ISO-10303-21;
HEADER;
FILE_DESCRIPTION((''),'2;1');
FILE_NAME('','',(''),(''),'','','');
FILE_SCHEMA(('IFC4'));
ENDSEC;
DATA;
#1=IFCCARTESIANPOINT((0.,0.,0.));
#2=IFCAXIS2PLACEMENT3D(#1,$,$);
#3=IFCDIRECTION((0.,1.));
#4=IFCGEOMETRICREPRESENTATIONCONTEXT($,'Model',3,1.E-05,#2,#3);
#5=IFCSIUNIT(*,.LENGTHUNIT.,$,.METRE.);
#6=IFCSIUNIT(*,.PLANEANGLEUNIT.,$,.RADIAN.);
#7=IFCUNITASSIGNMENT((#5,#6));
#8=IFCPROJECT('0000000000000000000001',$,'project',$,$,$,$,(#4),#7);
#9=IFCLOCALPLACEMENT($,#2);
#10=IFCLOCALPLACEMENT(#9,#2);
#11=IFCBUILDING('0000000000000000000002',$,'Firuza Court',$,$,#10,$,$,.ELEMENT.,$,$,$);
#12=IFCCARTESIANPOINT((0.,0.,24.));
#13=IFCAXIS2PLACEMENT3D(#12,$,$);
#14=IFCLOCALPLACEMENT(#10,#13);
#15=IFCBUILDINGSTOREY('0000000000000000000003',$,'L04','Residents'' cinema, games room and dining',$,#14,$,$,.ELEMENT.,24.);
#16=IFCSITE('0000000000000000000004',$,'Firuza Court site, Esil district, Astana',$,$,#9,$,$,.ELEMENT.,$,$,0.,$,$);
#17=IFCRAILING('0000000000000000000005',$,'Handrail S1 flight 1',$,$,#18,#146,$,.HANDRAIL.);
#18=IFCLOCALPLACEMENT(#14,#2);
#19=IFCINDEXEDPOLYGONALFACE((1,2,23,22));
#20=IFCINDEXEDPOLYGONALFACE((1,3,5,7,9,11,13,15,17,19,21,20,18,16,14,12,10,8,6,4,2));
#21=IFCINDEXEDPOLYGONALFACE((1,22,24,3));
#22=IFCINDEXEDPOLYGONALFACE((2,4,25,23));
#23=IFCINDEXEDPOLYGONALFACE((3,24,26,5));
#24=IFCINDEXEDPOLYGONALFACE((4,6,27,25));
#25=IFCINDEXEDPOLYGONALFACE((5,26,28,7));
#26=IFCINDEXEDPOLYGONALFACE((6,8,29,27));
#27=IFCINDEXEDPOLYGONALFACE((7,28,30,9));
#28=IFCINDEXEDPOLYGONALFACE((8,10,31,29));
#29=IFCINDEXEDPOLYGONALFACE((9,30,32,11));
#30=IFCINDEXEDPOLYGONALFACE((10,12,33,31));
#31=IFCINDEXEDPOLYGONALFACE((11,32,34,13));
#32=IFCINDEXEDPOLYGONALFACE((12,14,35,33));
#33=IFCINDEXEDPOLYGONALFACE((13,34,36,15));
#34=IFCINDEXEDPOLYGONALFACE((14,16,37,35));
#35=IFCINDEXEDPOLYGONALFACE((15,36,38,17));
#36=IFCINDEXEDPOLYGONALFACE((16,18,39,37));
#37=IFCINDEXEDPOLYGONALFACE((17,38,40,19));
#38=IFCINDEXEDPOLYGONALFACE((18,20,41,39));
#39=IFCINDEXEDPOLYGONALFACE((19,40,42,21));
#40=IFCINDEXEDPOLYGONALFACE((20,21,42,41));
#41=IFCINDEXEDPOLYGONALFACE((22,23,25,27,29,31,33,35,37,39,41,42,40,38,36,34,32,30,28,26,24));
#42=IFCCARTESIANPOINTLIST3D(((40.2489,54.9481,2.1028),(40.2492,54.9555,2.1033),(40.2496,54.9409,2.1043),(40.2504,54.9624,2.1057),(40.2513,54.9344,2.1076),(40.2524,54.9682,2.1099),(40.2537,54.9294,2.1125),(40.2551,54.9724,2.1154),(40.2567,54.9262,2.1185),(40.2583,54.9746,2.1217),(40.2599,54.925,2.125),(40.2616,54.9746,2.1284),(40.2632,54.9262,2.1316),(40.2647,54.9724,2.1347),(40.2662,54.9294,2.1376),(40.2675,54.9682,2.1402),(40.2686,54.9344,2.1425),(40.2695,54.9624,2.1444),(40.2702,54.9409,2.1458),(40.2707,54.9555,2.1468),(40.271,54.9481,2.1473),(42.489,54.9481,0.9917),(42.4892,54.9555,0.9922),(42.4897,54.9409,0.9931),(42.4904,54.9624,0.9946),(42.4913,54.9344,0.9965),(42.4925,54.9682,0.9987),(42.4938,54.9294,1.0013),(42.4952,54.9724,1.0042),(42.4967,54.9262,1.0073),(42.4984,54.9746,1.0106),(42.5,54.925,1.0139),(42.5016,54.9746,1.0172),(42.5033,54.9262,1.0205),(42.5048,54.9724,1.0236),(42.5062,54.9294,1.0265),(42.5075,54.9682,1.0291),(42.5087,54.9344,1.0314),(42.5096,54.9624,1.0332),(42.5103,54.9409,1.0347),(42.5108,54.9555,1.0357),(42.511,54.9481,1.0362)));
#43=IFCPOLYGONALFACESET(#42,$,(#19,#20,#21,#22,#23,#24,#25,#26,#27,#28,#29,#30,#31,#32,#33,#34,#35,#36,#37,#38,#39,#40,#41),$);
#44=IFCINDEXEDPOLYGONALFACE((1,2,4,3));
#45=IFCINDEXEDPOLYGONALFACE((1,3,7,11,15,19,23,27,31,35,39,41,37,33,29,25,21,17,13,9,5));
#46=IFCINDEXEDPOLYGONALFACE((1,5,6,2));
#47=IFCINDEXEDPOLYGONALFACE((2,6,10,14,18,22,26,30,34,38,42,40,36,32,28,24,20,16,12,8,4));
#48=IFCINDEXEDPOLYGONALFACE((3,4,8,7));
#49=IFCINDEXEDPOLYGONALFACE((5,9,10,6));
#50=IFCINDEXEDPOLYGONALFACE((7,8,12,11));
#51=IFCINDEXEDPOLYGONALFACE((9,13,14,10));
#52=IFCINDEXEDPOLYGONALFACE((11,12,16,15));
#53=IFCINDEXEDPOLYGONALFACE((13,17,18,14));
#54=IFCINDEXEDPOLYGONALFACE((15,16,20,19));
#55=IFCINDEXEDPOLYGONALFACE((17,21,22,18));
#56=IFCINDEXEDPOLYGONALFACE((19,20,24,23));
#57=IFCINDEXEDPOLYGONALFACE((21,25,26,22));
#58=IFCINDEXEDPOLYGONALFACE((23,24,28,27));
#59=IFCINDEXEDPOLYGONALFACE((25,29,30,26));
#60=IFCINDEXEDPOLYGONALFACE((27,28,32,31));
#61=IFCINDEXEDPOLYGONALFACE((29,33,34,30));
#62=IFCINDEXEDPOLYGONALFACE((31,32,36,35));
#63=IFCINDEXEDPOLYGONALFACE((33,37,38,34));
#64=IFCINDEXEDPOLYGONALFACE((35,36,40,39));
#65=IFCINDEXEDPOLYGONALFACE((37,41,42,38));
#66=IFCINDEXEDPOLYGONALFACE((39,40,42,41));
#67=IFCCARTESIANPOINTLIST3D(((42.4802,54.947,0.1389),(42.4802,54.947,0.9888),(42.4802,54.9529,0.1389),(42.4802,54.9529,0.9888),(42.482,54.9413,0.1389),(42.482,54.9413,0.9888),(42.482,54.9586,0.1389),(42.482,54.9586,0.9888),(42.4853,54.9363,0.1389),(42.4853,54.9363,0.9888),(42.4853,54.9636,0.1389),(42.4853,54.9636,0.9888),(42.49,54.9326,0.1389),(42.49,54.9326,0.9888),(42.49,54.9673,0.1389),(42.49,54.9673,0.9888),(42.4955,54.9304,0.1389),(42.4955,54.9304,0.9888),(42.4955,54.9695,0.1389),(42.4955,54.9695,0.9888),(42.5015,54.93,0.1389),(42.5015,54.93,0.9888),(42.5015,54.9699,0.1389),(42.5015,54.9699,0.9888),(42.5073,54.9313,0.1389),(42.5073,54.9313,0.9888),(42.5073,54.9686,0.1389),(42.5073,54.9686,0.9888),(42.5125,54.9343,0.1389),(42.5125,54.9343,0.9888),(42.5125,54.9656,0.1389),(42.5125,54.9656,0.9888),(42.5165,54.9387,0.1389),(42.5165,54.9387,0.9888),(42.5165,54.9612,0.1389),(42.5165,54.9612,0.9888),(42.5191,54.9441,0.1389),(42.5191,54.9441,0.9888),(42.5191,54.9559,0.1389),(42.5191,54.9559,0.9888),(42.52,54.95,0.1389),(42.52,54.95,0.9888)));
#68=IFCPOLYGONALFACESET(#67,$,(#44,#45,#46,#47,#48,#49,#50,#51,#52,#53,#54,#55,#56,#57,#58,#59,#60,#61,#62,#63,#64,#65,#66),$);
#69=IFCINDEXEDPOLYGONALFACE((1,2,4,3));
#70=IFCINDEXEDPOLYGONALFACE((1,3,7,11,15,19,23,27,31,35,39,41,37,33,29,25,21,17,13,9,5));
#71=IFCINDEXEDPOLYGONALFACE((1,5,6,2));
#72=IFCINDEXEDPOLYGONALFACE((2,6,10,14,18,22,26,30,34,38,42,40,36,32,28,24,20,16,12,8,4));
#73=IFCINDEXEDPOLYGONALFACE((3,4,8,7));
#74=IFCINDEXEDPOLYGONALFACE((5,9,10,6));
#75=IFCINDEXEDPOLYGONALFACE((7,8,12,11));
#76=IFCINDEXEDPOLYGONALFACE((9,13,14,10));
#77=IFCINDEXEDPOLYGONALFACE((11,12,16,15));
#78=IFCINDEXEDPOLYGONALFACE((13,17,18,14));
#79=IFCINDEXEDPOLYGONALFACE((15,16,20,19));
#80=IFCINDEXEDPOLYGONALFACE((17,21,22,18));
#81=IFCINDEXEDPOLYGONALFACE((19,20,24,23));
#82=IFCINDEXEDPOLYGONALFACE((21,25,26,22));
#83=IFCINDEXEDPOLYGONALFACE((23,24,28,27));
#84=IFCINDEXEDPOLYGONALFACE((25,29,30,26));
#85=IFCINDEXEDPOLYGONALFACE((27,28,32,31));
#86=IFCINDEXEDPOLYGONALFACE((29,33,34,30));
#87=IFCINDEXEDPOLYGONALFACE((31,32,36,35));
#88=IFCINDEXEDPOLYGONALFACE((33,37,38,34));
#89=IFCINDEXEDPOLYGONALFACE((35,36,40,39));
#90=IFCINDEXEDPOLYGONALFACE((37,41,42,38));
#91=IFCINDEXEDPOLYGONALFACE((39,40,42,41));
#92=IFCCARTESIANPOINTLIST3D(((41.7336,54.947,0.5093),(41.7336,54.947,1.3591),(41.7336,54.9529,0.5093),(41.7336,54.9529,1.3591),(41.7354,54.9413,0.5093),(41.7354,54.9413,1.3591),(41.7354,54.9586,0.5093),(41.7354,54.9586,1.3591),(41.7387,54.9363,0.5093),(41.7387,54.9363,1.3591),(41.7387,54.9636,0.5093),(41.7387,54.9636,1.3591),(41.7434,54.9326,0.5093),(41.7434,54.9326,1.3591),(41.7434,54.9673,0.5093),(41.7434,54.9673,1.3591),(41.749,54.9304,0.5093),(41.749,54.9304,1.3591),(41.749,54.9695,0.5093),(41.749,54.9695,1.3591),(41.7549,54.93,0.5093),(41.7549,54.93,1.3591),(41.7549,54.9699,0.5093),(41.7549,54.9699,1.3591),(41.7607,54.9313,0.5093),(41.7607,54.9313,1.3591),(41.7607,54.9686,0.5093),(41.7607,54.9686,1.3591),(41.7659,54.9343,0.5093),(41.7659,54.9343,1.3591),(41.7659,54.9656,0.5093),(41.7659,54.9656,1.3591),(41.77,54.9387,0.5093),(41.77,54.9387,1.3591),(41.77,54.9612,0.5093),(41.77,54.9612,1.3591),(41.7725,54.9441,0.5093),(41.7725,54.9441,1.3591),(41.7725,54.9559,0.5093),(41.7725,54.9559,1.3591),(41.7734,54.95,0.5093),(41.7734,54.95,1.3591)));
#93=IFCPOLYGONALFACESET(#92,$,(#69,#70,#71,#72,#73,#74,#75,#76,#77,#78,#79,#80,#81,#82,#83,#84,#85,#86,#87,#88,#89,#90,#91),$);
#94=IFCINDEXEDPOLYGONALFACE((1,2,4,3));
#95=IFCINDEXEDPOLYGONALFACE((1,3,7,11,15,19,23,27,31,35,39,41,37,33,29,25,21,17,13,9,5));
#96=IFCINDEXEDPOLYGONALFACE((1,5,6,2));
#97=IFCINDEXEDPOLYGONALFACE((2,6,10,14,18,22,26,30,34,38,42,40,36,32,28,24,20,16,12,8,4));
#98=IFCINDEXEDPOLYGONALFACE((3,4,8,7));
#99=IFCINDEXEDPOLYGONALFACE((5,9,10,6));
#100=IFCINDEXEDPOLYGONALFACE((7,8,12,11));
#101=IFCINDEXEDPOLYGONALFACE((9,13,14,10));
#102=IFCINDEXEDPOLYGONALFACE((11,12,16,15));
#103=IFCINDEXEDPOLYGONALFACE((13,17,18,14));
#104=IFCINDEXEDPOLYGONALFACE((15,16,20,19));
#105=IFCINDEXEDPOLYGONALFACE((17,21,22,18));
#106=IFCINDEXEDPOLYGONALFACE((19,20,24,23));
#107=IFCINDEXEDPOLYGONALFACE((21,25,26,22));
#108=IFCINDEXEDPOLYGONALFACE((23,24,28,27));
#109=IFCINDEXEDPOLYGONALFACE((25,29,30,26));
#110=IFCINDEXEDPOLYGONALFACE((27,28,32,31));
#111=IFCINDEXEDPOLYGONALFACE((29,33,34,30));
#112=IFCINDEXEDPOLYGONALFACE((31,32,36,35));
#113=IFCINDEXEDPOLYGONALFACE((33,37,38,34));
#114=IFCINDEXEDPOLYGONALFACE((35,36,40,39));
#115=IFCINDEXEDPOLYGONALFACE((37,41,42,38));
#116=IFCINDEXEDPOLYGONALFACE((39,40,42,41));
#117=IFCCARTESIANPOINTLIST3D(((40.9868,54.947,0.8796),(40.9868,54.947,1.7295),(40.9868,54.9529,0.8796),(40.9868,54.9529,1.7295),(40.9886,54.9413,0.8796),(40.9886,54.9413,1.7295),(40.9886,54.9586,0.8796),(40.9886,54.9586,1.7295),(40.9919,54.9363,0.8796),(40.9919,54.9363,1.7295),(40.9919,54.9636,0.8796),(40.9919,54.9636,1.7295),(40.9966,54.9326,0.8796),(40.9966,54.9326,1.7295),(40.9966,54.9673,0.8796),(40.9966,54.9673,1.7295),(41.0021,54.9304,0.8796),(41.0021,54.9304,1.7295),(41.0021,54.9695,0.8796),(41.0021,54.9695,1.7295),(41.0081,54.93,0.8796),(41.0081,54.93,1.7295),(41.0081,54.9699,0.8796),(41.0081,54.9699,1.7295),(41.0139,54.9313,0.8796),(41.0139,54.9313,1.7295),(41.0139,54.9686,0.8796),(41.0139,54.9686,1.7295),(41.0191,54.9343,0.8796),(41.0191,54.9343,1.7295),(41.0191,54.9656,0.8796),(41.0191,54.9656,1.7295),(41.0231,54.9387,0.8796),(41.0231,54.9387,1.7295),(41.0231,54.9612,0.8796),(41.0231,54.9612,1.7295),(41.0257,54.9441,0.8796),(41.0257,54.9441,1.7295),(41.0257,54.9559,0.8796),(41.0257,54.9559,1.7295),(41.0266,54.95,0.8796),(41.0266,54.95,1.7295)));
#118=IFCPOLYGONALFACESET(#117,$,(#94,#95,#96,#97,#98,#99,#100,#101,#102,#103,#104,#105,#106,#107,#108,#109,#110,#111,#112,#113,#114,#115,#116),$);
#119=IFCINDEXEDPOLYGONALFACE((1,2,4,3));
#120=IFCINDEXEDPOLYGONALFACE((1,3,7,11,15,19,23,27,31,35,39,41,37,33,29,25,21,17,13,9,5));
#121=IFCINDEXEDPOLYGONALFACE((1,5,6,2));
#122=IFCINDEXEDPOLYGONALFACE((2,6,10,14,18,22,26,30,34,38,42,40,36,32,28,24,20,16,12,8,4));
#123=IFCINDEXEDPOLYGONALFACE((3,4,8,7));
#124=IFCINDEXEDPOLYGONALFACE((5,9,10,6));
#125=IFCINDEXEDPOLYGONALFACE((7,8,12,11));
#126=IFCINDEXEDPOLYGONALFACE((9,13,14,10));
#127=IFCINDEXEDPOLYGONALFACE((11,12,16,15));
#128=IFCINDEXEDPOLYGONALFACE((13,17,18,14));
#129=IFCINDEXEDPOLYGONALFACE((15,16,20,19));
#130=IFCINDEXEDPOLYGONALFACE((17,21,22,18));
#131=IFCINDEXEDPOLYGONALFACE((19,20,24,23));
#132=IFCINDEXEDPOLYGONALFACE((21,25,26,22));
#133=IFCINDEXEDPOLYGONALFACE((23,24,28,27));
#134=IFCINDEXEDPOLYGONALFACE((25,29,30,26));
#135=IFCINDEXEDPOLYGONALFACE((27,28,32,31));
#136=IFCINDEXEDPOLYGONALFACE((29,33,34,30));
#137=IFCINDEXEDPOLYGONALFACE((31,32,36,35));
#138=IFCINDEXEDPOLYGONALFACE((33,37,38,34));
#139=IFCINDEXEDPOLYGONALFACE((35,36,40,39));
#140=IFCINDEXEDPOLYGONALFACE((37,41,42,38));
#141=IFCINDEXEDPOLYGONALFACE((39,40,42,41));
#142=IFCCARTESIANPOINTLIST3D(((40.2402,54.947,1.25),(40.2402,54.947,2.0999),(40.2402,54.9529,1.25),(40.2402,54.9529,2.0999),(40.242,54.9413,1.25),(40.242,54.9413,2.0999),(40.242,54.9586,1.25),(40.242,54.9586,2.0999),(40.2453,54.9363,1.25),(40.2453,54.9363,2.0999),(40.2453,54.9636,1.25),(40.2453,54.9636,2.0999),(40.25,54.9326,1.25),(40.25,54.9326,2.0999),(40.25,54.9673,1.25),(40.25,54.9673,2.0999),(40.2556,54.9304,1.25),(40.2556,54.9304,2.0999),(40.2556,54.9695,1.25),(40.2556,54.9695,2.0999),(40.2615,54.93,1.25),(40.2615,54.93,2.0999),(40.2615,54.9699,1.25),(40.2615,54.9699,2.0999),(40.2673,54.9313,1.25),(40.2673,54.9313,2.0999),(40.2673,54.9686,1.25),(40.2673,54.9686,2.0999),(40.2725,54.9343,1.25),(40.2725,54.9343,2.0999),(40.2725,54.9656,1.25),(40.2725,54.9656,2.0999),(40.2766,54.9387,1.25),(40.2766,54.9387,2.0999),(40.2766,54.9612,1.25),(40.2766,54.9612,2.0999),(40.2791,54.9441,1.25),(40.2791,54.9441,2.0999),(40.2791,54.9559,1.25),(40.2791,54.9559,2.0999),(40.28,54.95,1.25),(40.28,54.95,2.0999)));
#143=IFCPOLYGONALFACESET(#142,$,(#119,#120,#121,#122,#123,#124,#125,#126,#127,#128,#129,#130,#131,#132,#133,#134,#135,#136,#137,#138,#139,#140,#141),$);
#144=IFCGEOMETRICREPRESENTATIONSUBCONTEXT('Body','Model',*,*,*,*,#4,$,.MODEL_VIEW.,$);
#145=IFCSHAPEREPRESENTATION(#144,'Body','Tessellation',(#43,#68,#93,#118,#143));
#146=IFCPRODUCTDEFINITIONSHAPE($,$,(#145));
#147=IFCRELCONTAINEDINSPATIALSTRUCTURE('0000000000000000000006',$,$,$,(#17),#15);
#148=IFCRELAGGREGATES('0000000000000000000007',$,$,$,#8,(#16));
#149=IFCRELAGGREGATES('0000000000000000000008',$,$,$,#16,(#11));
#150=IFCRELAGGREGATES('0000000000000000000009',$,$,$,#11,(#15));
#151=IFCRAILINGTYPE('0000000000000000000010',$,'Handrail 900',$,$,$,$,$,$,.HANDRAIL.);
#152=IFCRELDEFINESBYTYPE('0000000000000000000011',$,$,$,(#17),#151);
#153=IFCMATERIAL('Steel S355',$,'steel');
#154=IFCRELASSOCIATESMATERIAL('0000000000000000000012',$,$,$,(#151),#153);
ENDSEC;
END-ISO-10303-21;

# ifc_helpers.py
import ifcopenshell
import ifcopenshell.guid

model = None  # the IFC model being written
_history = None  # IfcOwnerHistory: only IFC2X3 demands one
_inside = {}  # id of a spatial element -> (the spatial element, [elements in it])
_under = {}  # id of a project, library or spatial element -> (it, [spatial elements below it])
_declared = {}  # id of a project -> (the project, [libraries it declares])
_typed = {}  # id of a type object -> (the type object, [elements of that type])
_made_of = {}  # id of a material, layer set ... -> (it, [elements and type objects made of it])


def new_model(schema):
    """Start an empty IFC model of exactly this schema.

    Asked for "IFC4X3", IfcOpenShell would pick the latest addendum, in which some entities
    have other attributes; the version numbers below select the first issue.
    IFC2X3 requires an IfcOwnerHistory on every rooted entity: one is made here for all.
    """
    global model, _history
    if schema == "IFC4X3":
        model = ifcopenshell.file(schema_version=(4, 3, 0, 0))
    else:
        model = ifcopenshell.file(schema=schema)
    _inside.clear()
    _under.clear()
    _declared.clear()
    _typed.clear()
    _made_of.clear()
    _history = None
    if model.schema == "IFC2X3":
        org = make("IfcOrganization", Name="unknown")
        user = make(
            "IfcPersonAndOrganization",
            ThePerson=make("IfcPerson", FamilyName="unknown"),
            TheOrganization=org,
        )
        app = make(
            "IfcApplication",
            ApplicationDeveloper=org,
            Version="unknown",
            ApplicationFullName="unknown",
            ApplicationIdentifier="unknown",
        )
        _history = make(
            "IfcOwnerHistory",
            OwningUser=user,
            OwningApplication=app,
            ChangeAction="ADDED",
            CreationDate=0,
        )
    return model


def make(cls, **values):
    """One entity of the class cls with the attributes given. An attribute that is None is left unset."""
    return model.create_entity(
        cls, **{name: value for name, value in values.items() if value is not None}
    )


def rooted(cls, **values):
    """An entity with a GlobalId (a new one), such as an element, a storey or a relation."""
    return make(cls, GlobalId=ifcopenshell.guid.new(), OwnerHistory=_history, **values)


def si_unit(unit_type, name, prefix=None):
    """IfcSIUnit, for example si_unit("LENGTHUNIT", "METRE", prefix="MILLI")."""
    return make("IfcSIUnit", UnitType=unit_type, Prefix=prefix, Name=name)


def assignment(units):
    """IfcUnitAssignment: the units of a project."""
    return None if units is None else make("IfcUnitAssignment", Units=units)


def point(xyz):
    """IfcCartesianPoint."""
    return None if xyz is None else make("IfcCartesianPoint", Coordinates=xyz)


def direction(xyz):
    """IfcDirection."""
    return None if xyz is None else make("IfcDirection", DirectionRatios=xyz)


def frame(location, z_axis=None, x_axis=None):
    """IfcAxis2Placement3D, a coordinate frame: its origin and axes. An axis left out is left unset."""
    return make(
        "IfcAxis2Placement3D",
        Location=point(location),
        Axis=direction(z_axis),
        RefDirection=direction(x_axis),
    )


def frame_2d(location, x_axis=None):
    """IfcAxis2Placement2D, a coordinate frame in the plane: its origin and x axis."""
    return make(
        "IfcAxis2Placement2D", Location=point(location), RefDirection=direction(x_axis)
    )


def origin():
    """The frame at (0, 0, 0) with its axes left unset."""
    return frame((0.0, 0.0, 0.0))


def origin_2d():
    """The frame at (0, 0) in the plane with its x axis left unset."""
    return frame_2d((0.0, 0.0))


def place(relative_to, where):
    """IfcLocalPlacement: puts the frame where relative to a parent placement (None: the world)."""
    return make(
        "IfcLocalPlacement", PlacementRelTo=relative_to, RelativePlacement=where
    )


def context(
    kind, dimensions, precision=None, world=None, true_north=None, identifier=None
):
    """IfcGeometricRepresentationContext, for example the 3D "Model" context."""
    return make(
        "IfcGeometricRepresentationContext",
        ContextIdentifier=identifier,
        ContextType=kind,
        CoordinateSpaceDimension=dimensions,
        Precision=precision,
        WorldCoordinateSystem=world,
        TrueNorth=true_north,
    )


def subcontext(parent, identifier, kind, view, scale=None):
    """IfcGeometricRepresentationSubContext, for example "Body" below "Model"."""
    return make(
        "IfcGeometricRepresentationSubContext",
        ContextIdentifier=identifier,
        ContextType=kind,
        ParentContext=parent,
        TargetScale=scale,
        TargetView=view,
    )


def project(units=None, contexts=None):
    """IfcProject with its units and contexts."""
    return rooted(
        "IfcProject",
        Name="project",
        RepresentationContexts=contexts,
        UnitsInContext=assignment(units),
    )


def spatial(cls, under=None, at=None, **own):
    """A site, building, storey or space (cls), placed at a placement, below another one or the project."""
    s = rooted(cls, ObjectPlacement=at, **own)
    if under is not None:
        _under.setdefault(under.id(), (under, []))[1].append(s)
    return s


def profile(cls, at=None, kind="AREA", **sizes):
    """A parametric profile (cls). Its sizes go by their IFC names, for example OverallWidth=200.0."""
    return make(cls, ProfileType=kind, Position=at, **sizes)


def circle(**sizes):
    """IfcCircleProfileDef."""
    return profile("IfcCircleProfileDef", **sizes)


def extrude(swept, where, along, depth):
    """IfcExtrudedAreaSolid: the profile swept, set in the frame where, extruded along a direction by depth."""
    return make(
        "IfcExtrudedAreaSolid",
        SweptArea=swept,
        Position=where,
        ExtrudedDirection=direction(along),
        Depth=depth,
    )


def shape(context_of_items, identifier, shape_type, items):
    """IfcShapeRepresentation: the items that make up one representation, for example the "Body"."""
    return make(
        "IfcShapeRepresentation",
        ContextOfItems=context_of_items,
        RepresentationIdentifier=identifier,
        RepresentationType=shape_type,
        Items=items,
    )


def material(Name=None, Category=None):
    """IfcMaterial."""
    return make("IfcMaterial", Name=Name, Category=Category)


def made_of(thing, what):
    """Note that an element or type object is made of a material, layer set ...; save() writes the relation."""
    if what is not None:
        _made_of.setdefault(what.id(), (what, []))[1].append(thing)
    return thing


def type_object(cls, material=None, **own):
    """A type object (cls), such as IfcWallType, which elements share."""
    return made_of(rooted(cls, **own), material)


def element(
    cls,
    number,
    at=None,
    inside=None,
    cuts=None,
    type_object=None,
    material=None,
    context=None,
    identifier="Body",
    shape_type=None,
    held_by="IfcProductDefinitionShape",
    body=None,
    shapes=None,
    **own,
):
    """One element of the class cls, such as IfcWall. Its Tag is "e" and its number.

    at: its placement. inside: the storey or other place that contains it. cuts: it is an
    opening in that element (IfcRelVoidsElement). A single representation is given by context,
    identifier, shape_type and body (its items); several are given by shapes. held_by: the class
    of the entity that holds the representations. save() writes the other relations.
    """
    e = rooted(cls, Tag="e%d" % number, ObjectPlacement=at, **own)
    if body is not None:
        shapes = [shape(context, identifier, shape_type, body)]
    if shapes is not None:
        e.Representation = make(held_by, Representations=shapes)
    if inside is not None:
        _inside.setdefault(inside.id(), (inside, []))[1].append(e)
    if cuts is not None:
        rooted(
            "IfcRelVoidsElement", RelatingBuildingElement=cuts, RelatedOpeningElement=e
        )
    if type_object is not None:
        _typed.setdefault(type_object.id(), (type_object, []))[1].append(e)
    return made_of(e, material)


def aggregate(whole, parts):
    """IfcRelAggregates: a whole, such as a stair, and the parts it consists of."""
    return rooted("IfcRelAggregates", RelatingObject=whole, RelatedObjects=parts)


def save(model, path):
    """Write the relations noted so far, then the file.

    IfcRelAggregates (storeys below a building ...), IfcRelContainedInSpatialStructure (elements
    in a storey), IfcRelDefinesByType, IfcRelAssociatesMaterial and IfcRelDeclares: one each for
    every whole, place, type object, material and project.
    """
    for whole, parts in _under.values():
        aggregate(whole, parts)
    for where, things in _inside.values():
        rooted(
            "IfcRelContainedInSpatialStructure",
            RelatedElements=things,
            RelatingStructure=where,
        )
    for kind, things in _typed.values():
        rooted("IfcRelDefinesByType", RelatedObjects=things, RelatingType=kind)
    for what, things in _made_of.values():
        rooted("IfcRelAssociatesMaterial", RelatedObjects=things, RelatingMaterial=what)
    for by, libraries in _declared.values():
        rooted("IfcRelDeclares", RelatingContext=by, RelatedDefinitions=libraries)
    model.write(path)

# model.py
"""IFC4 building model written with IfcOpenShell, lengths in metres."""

from ifc_helpers import new_model, si_unit, direction, frame, origin, origin_2d, place, context, subcontext, project, spatial, circle, extrude, material, type_object, element, save


model = new_model("IFC4")

# Units and contexts
model_context = context("Model", 3, precision=1e-05, world=origin(), true_north=direction((0.0, 1.0)))
body_context = subcontext(model_context, "Body", "Model", "MODEL_VIEW")
ifc_project = project(units=[si_unit("LENGTHUNIT", "METRE"), si_unit("PLANEANGLEUNIT", "RADIAN")], contexts=[model_context])

# Site, building, storey
site_placement = place(None, origin())
site = spatial("IfcSite", under=ifc_project, at=site_placement, Name="Firuza Court site, Esil district, Astana", CompositionType="ELEMENT", RefElevation=0.0)
building_placement = place(site_placement, origin())
building = spatial("IfcBuilding", under=site, at=building_placement, Name="Firuza Court", CompositionType="ELEMENT")
storey_placement = place(building_placement, frame((0.0, 0.0, 24.0)))
storey = spatial("IfcBuildingStorey", under=building, at=storey_placement, Name="L04", Description="Residents' cinema, games room and dining", CompositionType="ELEMENT", Elevation=24.0)

# Railing
ifc_material_1 = material(Name="Steel S355", Category="steel")
railing_type_1 = type_object("IfcRailingType", Name="Handrail 900", PredefinedType="HANDRAIL", material=ifc_material_1)
for number, where, name in (
    (1, (42.5, 54.95, 0.1389), "Handrail S1 flight 1"),
):
    element("IfcRailing", number, at=place(storey_placement, frame(where)), inside=storey, type_object=railing_type_1, Name=name, PredefinedType="HANDRAIL", context=body_context, shape_type="SweptSolid", body=[
        extrude(circle(Radius=0.0249, at=origin_2d()), frame((0.0, 0.0, 0.875), z_axis=(-0.895848, 0.0, 0.44436), x_axis=(0.0, -1.0, 0.0)), (0.0, 0.0, 1.0), 2.5005),
        extrude(circle(Radius=0.02, at=origin_2d()), origin(), (0.0, 0.0, 1.0), 0.8499),
        extrude(circle(Radius=0.02, at=origin_2d()), frame((-0.7466, 0.0, 0.3704)), (0.0, 0.0, 1.0), 0.8499),
        extrude(circle(Radius=0.02, at=origin_2d()), frame((-1.4934, 0.0, 0.7407)), (0.0, 0.0, 1.0), 0.8499),
        extrude(circle(Radius=0.02, at=origin_2d()), frame((-2.24, 0.0, 1.1111)), (0.0, 0.0, 1.0), 0.8499),
    ])

save(model, "model.ifc")
